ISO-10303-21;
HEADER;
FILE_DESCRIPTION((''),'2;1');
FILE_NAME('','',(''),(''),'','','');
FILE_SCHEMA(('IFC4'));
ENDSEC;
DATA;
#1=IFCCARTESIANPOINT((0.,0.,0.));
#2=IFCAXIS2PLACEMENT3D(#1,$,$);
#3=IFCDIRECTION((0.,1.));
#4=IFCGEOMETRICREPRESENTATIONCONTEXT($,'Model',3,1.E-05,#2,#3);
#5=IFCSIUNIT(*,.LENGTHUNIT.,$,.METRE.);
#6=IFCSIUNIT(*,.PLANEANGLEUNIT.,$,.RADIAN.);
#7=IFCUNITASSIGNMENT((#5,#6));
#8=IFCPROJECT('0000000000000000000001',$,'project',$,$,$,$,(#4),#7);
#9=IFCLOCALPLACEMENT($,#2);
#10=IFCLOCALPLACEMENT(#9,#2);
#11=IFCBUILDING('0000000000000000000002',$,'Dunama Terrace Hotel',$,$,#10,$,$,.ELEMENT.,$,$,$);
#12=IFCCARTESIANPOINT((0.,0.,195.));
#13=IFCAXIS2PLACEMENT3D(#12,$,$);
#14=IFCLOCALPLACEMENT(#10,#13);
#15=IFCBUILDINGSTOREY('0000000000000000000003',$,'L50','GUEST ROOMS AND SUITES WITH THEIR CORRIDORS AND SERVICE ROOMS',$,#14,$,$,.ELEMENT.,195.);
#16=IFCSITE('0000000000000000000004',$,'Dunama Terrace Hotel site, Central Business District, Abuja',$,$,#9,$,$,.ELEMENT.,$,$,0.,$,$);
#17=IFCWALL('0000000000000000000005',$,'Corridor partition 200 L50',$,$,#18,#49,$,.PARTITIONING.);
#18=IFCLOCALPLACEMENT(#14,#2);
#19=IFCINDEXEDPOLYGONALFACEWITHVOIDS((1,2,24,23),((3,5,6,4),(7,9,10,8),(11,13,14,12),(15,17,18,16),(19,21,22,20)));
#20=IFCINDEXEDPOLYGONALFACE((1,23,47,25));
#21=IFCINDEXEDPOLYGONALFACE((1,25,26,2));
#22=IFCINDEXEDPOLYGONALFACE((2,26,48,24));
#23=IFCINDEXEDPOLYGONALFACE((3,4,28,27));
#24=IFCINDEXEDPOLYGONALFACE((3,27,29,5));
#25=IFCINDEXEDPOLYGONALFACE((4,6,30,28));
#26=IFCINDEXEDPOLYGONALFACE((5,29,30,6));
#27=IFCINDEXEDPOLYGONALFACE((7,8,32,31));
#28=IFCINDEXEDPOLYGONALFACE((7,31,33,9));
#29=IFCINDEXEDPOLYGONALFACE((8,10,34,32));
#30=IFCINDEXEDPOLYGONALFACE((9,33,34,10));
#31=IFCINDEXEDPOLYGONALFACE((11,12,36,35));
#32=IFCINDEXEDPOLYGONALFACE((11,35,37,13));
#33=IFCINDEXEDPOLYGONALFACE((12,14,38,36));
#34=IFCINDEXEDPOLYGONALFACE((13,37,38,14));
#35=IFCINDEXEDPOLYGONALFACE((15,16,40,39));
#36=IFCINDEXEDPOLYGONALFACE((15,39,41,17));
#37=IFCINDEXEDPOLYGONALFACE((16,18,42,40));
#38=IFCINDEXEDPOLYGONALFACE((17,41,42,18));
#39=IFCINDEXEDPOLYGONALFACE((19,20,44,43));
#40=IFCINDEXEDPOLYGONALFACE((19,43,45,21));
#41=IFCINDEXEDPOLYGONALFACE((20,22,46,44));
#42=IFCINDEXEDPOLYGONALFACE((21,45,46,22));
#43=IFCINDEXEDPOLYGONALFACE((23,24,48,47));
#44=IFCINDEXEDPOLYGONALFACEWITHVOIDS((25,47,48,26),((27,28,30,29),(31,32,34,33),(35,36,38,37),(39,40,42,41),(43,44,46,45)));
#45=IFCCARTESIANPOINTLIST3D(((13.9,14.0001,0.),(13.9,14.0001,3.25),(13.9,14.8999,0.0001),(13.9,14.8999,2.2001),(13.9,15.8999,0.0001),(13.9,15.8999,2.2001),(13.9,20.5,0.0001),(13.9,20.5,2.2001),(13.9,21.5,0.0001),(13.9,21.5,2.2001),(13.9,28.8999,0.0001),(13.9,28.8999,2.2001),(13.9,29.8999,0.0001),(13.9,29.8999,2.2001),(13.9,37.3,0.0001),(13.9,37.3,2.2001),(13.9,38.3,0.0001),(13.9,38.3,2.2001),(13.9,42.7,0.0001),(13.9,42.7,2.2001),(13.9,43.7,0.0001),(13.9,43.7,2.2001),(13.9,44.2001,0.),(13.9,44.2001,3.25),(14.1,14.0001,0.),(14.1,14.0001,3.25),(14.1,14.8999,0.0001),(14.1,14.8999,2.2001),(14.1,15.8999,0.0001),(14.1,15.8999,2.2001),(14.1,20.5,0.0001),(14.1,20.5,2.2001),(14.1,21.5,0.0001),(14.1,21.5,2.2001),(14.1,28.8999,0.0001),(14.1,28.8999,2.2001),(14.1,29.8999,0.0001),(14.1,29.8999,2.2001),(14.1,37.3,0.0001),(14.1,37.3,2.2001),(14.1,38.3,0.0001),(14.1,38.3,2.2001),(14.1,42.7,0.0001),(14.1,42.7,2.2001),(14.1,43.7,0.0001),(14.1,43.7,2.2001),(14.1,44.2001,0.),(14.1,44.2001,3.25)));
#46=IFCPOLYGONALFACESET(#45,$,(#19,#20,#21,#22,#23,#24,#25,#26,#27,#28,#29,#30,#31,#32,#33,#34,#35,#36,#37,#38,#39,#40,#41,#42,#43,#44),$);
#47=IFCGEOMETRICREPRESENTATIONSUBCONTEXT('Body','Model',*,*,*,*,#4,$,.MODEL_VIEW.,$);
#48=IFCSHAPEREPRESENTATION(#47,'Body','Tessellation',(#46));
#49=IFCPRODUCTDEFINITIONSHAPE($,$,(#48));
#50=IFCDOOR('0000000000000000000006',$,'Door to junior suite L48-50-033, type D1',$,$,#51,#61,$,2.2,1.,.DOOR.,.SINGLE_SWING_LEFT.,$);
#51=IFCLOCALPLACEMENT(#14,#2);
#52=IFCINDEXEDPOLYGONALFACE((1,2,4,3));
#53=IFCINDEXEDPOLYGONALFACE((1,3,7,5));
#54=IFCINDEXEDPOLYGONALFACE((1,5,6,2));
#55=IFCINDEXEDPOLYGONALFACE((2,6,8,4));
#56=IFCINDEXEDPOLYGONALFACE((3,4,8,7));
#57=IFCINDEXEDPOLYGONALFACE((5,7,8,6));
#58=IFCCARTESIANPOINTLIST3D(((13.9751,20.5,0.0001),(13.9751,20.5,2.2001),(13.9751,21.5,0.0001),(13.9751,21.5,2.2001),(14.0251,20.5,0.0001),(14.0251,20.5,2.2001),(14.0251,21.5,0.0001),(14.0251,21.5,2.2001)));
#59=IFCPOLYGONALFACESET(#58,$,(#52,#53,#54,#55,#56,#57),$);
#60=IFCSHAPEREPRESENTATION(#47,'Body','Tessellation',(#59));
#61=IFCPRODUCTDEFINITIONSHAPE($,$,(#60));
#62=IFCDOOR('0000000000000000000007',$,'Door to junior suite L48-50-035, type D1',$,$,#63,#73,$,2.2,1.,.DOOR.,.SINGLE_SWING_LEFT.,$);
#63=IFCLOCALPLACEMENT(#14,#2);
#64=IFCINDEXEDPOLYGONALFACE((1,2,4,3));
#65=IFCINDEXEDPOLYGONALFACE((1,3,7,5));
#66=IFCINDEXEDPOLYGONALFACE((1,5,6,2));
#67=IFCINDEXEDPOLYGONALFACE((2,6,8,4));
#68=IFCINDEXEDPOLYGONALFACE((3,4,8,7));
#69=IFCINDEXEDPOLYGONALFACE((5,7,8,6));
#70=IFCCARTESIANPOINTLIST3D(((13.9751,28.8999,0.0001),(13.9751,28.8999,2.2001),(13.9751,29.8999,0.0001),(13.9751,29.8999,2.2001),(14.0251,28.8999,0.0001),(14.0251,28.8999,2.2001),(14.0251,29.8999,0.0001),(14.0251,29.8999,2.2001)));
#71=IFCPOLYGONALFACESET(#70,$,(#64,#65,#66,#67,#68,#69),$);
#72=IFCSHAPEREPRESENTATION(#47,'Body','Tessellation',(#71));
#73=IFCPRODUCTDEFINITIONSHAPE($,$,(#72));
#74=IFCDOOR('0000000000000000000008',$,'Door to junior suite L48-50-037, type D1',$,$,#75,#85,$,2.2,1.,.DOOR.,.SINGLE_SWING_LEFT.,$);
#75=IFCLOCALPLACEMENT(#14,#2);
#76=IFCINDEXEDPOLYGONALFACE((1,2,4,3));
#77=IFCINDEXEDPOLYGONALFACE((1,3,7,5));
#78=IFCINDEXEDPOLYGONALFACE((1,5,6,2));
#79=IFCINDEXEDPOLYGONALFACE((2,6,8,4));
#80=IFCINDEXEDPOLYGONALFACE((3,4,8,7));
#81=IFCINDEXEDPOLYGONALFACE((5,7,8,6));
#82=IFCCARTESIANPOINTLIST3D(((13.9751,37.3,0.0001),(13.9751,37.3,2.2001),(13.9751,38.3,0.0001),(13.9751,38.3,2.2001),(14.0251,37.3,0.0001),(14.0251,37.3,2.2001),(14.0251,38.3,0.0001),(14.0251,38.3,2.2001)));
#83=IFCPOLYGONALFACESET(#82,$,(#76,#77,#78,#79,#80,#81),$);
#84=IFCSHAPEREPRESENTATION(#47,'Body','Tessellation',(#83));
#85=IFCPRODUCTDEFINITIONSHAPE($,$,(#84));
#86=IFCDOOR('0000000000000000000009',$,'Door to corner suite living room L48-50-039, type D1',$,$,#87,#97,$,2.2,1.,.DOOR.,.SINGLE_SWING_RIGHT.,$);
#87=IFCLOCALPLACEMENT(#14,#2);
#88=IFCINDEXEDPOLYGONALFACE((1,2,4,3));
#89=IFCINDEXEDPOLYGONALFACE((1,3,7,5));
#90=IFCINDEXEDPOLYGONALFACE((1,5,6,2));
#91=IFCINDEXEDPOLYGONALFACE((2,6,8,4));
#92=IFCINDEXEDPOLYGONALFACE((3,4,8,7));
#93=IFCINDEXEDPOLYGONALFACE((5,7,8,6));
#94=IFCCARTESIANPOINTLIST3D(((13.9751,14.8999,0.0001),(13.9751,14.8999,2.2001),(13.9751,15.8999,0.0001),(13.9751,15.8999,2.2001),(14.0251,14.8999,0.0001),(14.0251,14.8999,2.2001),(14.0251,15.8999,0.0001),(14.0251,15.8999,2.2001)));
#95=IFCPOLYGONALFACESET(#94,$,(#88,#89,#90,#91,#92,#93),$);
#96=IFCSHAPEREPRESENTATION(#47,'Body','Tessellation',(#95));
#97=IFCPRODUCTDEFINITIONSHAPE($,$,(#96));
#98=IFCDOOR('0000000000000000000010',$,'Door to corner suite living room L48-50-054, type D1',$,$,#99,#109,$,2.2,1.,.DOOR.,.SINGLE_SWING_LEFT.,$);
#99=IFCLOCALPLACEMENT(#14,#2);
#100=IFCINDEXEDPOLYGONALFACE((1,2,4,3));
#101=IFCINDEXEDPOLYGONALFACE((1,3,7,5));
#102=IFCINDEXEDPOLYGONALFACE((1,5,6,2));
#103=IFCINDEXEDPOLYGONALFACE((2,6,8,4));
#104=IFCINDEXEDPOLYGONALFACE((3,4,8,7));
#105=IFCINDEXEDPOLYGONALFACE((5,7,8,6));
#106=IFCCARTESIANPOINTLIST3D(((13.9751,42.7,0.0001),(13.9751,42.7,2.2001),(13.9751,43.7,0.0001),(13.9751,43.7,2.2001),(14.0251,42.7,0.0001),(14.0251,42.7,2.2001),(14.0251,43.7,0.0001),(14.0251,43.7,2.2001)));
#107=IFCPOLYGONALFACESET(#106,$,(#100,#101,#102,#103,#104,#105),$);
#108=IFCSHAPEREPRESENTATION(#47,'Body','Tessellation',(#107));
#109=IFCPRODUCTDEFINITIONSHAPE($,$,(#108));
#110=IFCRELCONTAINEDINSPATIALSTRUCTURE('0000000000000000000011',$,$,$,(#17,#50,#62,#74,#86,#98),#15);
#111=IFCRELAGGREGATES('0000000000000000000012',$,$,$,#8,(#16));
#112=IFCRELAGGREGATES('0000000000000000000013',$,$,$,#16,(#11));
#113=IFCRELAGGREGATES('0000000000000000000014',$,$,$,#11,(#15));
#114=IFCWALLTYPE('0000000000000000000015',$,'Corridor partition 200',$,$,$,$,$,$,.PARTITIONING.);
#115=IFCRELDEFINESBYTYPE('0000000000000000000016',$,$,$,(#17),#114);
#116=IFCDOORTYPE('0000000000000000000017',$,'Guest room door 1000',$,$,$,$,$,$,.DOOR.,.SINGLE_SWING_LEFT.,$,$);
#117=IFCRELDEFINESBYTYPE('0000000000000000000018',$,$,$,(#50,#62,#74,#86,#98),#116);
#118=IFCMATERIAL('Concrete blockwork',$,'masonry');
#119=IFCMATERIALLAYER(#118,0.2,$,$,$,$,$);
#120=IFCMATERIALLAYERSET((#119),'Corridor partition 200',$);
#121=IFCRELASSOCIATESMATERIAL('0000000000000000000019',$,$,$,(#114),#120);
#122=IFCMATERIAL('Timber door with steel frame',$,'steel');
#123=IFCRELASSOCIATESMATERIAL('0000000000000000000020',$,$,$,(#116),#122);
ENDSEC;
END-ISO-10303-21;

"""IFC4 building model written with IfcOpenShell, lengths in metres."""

from ifc_helpers import new_model, si_unit, direction, frame, frame_2d, origin, place, context, subcontext, project, spatial, rectangle, extrude, material, layer, layer_set, type_object, element, fill, save


model = new_model("IFC4")

# Units and contexts
model_context = context("Model", 3, precision=1e-05, world=origin(), true_north=direction((0.0, 1.0)))
body_context = subcontext(model_context, "Body", "Model", "MODEL_VIEW")
ifc_project = project(units=[si_unit("LENGTHUNIT", "METRE"), si_unit("PLANEANGLEUNIT", "RADIAN")], contexts=[model_context])

# Site, building, storey
site_placement = place(None, origin())
site = spatial("IfcSite", under=ifc_project, at=site_placement, Name="Dunama Terrace Hotel site, Central Business District, Abuja", CompositionType="ELEMENT", RefElevation=0.0)
building_placement = place(site_placement, origin())
building = spatial("IfcBuilding", under=site, at=building_placement, Name="Dunama Terrace Hotel", CompositionType="ELEMENT")
storey_placement = place(building_placement, frame((0.0, 0.0, 195.0)))
storey = spatial("IfcBuildingStorey", under=building, at=storey_placement, Name="L50", Description="GUEST ROOMS AND SUITES WITH THEIR CORRIDORS AND SERVICE ROOMS", CompositionType="ELEMENT", Elevation=195.0)

# Wall, openings, doors
ifc_material_1 = material(Name="Concrete blockwork", Category="masonry")
ifc_layer_1 = layer(ifc_material_1, 0.2)
ifc_layer_set_1 = layer_set([ifc_layer_1], Name="Corridor partition 200")
wall_type_1 = type_object("IfcWallType", Name="Corridor partition 200", PredefinedType="PARTITIONING", material=ifc_layer_set_1)
wall_1_placement = place(storey_placement, frame((14.0, 14.0, 0.0), z_axis=(0.0, 0.0, 1.0), x_axis=(0.0, 1.0, 0.0)))
wall_1 = element("IfcWall", 1, at=wall_1_placement, inside=storey, type_object=wall_type_1, Name="Corridor partition 200 L50", PredefinedType="PARTITIONING", context=body_context, shape_type="SweptSolid", body=[
    extrude(rectangle(XDim=30.2, YDim=0.2, at=frame_2d((15.1001, 0.0))), origin(), (0.0, 0.0, 1.0), 3.25),
])
opening_1_placement = place(wall_1_placement, frame((6.5, 0.0, 0.0)))
opening_1 = element("IfcOpeningElement", 2, at=opening_1_placement, cuts=wall_1, PredefinedType="OPENING", context=body_context, shape_type="SweptSolid", body=[
    extrude(rectangle(XDim=1.0, YDim=2.2, at=frame_2d((0.5, 1.1001))), frame((0.0, 0.1099, 0.0), z_axis=(0.0, -1.0, 0.0), x_axis=(1.0, 0.0, 0.0)), (0.0, 0.0, 1.0), 0.22),
])
opening_2_placement = place(wall_1_placement, frame((14.8999, 0.0, 0.0)))
opening_2 = element("IfcOpeningElement", 3, at=opening_2_placement, cuts=wall_1, PredefinedType="OPENING", context=body_context, shape_type="SweptSolid", body=[
    extrude(rectangle(XDim=1.0, YDim=2.2, at=frame_2d((0.5, 1.1001))), frame((0.0, 0.1099, 0.0), z_axis=(0.0, -1.0, 0.0), x_axis=(1.0, 0.0, 0.0)), (0.0, 0.0, 1.0), 0.22),
])
opening_3_placement = place(wall_1_placement, frame((23.3, 0.0, 0.0)))
opening_3 = element("IfcOpeningElement", 4, at=opening_3_placement, cuts=wall_1, PredefinedType="OPENING", context=body_context, shape_type="SweptSolid", body=[
    extrude(rectangle(XDim=1.0, YDim=2.2, at=frame_2d((0.5, 1.1001))), frame((0.0, 0.1099, 0.0), z_axis=(0.0, -1.0, 0.0), x_axis=(1.0, 0.0, 0.0)), (0.0, 0.0, 1.0), 0.22),
])
opening_4_placement = place(wall_1_placement, frame((0.8999, 0.0, 0.0)))
opening_4 = element("IfcOpeningElement", 5, at=opening_4_placement, cuts=wall_1, PredefinedType="OPENING", context=body_context, shape_type="SweptSolid", body=[
    extrude(rectangle(XDim=1.0, YDim=2.2, at=frame_2d((0.5, 1.1001))), frame((0.0, 0.1099, 0.0), z_axis=(0.0, -1.0, 0.0), x_axis=(1.0, 0.0, 0.0)), (0.0, 0.0, 1.0), 0.22),
])
opening_5_placement = place(wall_1_placement, frame((28.7, 0.0, 0.0)))
opening_5 = element("IfcOpeningElement", 6, at=opening_5_placement, cuts=wall_1, PredefinedType="OPENING", context=body_context, shape_type="SweptSolid", body=[
    extrude(rectangle(XDim=1.0, YDim=2.2, at=frame_2d((0.5, 1.1001))), frame((0.0, 0.1099, 0.0), z_axis=(0.0, -1.0, 0.0), x_axis=(1.0, 0.0, 0.0)), (0.0, 0.0, 1.0), 0.22),
])
ifc_material_2 = material(Name="Timber door with steel frame", Category="steel")
door_type_1 = type_object("IfcDoorType", Name="Guest room door 1000", OperationType="SINGLE_SWING_LEFT", PredefinedType="DOOR", material=ifc_material_2)
door_1_placement = place(opening_1_placement, origin())
door_1 = element("IfcDoor", 7, at=door_1_placement, inside=storey, type_object=door_type_1, Name="Door to junior suite L48-50-033, type D1", OperationType="SINGLE_SWING_LEFT", OverallHeight=2.2, OverallWidth=1.0, PredefinedType="DOOR", context=body_context, shape_type="SweptSolid", body=[
    extrude(rectangle(XDim=1.0, YDim=2.2, at=frame_2d((0.5, 1.1001))), frame((0.0, 0.0249, 0.0), z_axis=(0.0, -1.0, 0.0), x_axis=(1.0, 0.0, 0.0)), (0.0, 0.0, 1.0), 0.05),
])
fill(opening_1, door_1)
door_2_placement = place(opening_2_placement, origin())
door_2 = element("IfcDoor", 8, at=door_2_placement, inside=storey, type_object=door_type_1, Name="Door to junior suite L48-50-035, type D1", OperationType="SINGLE_SWING_LEFT", OverallHeight=2.2, OverallWidth=1.0, PredefinedType="DOOR", context=body_context, shape_type="SweptSolid", body=[
    extrude(rectangle(XDim=1.0, YDim=2.2, at=frame_2d((0.5, 1.1001))), frame((0.0, 0.0249, 0.0), z_axis=(0.0, -1.0, 0.0), x_axis=(1.0, 0.0, 0.0)), (0.0, 0.0, 1.0), 0.05),
])
fill(opening_2, door_2)
door_3_placement = place(opening_3_placement, origin())
door_3 = element("IfcDoor", 9, at=door_3_placement, inside=storey, type_object=door_type_1, Name="Door to junior suite L48-50-037, type D1", OperationType="SINGLE_SWING_LEFT", OverallHeight=2.2, OverallWidth=1.0, PredefinedType="DOOR", context=body_context, shape_type="SweptSolid", body=[
    extrude(rectangle(XDim=1.0, YDim=2.2, at=frame_2d((0.5, 1.1001))), frame((0.0, 0.0249, 0.0), z_axis=(0.0, -1.0, 0.0), x_axis=(1.0, 0.0, 0.0)), (0.0, 0.0, 1.0), 0.05),
])
fill(opening_3, door_3)
door_4_placement = place(opening_4_placement, origin())
door_4 = element("IfcDoor", 10, at=door_4_placement, inside=storey, type_object=door_type_1, Name="Door to corner suite living room L48-50-039, type D1", OperationType="SINGLE_SWING_RIGHT", OverallHeight=2.2, OverallWidth=1.0, PredefinedType="DOOR", context=body_context, shape_type="SweptSolid", body=[
    extrude(rectangle(XDim=1.0, YDim=2.2, at=frame_2d((0.5, 1.1001))), frame((0.0, 0.0249, 0.0), z_axis=(0.0, -1.0, 0.0), x_axis=(1.0, 0.0, 0.0)), (0.0, 0.0, 1.0), 0.05),
])
fill(opening_4, door_4)
door_5_placement = place(opening_5_placement, origin())
door_5 = element("IfcDoor", 11, at=door_5_placement, inside=storey, type_object=door_type_1, Name="Door to corner suite living room L48-50-054, type D1", OperationType="SINGLE_SWING_LEFT", OverallHeight=2.2, OverallWidth=1.0, PredefinedType="DOOR", context=body_context, shape_type="SweptSolid", body=[
    extrude(rectangle(XDim=1.0, YDim=2.2, at=frame_2d((0.5, 1.1001))), frame((0.0, 0.0249, 0.0), z_axis=(0.0, -1.0, 0.0), x_axis=(1.0, 0.0, 0.0)), (0.0, 0.0, 1.0), 0.05),
])
fill(opening_5, door_5)

save(model, "model.ifc")
